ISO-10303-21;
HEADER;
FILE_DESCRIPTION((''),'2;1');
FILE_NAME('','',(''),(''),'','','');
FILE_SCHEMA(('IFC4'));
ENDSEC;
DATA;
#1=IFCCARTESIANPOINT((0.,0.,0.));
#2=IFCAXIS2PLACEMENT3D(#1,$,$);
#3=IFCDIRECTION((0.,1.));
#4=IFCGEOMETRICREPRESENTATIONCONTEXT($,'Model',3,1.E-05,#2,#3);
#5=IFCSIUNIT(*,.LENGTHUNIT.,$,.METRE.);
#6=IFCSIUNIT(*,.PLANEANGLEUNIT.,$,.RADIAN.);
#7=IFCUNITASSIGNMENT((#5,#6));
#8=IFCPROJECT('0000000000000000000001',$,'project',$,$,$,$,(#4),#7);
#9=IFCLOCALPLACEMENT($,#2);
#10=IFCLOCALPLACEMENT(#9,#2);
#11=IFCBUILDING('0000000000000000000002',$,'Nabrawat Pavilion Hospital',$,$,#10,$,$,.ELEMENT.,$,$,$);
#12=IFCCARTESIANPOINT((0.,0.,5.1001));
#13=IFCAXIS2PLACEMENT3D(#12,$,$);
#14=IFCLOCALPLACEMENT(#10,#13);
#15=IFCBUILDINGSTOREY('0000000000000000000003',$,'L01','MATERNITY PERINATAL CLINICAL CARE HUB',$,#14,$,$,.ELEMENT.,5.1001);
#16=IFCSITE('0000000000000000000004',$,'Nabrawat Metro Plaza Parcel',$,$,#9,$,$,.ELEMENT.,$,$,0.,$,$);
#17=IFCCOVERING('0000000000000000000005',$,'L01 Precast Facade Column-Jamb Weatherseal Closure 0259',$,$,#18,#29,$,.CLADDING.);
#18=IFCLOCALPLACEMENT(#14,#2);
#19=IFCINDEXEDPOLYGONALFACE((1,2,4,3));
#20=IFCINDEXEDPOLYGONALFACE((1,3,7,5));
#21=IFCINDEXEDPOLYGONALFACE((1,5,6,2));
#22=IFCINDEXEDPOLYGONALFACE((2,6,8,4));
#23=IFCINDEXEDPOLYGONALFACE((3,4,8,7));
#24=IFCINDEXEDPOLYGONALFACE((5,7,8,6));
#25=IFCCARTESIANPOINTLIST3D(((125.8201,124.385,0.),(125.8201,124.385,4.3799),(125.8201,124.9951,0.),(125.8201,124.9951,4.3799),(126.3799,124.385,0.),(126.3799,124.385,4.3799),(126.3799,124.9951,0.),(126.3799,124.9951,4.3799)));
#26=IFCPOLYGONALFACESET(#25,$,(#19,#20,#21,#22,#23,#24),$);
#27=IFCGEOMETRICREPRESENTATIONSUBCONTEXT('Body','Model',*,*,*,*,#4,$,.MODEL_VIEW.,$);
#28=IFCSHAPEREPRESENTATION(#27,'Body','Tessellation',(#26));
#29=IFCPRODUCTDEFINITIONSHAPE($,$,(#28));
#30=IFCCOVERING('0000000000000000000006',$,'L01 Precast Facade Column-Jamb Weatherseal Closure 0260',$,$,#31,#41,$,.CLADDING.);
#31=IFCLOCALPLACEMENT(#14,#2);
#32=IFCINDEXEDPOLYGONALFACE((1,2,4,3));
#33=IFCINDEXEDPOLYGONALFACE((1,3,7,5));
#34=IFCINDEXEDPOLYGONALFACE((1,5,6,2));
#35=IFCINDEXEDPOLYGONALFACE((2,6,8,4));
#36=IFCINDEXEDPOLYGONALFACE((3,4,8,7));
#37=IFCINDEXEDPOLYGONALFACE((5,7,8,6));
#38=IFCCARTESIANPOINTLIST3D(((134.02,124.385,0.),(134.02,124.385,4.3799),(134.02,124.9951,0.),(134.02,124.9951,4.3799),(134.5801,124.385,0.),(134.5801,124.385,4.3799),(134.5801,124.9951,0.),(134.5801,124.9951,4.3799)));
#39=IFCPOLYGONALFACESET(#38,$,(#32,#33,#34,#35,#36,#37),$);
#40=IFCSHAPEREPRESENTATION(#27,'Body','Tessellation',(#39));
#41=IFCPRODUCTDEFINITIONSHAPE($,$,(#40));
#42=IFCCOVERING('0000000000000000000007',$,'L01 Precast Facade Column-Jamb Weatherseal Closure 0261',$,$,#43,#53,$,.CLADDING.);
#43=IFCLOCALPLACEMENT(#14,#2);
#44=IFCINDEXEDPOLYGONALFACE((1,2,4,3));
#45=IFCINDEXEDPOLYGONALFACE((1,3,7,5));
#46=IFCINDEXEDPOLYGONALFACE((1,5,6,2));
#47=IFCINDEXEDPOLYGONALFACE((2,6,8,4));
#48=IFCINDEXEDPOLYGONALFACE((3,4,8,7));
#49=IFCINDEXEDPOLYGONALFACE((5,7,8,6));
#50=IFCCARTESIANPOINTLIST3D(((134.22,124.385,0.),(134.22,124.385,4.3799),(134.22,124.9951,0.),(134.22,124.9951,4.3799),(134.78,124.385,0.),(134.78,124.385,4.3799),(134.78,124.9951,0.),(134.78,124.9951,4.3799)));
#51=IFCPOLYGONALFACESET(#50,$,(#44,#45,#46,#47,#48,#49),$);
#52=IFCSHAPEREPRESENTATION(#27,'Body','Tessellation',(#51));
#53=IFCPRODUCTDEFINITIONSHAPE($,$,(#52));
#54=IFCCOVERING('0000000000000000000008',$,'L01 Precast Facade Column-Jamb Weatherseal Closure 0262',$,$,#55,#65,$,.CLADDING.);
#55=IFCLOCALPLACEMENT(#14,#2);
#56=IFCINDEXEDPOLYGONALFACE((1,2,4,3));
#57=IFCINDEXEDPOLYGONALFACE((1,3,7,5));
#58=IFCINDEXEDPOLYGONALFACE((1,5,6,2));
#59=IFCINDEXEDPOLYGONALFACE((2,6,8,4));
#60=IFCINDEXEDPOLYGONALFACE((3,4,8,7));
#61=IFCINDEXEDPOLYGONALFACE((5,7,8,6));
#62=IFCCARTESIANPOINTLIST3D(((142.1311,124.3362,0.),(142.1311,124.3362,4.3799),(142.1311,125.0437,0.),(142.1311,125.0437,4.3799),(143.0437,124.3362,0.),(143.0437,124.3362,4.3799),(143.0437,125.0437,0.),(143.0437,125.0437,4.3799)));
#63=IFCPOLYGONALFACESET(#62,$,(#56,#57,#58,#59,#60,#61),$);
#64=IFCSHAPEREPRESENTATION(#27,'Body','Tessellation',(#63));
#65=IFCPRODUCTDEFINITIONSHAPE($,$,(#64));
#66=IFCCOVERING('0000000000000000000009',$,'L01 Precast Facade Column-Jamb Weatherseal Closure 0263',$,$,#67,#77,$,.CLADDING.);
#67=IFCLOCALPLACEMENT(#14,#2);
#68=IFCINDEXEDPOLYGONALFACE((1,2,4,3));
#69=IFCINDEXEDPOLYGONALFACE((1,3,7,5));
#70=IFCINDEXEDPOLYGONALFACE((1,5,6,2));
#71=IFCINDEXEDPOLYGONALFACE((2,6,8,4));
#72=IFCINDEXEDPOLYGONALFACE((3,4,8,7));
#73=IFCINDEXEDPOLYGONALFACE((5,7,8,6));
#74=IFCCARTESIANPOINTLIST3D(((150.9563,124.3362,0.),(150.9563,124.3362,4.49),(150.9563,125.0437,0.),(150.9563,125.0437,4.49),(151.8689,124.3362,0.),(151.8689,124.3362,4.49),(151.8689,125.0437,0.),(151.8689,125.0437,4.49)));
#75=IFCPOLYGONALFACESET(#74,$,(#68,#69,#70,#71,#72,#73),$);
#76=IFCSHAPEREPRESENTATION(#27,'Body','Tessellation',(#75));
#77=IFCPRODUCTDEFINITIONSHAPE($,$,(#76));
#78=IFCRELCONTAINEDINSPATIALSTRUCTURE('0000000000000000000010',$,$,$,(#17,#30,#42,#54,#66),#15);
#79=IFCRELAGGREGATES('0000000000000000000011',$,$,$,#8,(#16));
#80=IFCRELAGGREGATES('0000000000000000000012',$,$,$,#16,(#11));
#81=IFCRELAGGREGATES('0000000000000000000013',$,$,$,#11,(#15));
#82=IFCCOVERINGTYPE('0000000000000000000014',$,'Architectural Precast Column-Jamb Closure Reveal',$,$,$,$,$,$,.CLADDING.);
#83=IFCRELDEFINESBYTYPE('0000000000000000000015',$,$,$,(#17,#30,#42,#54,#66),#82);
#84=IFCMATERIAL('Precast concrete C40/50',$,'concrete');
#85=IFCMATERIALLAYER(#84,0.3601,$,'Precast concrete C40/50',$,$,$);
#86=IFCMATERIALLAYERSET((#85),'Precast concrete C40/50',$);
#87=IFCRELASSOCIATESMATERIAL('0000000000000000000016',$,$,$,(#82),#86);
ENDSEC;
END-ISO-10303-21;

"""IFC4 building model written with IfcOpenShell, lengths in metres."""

from ifc_helpers import new_model, si_unit, direction, frame, origin, place, context, subcontext, project, spatial, polyline, outline, extrude, material, layer, layer_set, type_object, element, save


model = new_model("IFC4")

# Units and contexts
model_context = context("Model", 3, precision=1e-05, world=origin(), true_north=direction((0.0, 1.0)))
body_context = subcontext(model_context, "Body", "Model", "MODEL_VIEW")
ifc_project = project(units=[si_unit("LENGTHUNIT", "METRE"), si_unit("PLANEANGLEUNIT", "RADIAN")], contexts=[model_context])

# Site, building, storey
site_placement = place(None, origin())
site = spatial("IfcSite", under=ifc_project, at=site_placement, Name="Nabrawat Metro Plaza Parcel", CompositionType="ELEMENT", RefElevation=0.0)
building_placement = place(site_placement, origin())
building = spatial("IfcBuilding", under=site, at=building_placement, Name="Nabrawat Pavilion Hospital", CompositionType="ELEMENT")
storey_placement = place(building_placement, frame((0.0, 0.0, 5.1001)))
storey = spatial("IfcBuildingStorey", under=building, at=storey_placement, Name="L01", Description="MATERNITY PERINATAL CLINICAL CARE HUB", CompositionType="ELEMENT", Elevation=5.1001)

# Coverings
ifc_material = material(Name="Precast concrete C40/50", Category="concrete")
ifc_layer = layer(ifc_material, 0.3601, Name="Precast concrete C40/50")
ifc_layer_set = layer_set([ifc_layer], Name="Precast concrete C40/50")
covering_type = type_object("IfcCoveringType", Name="Architectural Precast Column-Jamb Closure Reveal", PredefinedType="CLADDING", material=ifc_layer_set)
covering_1_placement = place(storey_placement, origin())
element("IfcCovering", 1, at=covering_1_placement, inside=storey, type_object=covering_type, Name="L01 Precast Facade Column-Jamb Weatherseal Closure 0259", PredefinedType="CLADDING", context=body_context, shape_type="SweptSolid", body=[
    extrude(outline(polyline([(126.3799, 124.385), (126.3799, 124.9951), (125.8201, 124.9951), (125.8201, 124.385), (126.3799, 124.385)])), origin(), (0.0, 0.0, 1.0), 4.3799),
])
covering_2_placement = place(storey_placement, origin())
element("IfcCovering", 2, at=covering_2_placement, inside=storey, type_object=covering_type, Name="L01 Precast Facade Column-Jamb Weatherseal Closure 0260", PredefinedType="CLADDING", context=body_context, shape_type="SweptSolid", body=[
    extrude(outline(polyline([(134.5801, 124.385), (134.5801, 124.9951), (134.02, 124.9951), (134.02, 124.385), (134.5801, 124.385)])), origin(), (0.0, 0.0, 1.0), 4.3799),
])
covering_3_placement = place(storey_placement, origin())
element("IfcCovering", 3, at=covering_3_placement, inside=storey, type_object=covering_type, Name="L01 Precast Facade Column-Jamb Weatherseal Closure 0261", PredefinedType="CLADDING", context=body_context, shape_type="SweptSolid", body=[
    extrude(outline(polyline([(134.78, 124.385), (134.78, 124.9951), (134.22, 124.9951), (134.22, 124.385), (134.78, 124.385)])), origin(), (0.0, 0.0, 1.0), 4.3799),
])
covering_4_placement = place(storey_placement, origin())
element("IfcCovering", 4, at=covering_4_placement, inside=storey, type_object=covering_type, Name="L01 Precast Facade Column-Jamb Weatherseal Closure 0262", PredefinedType="CLADDING", context=body_context, shape_type="SweptSolid", body=[
    extrude(outline(polyline([(143.0437, 124.3362), (143.0437, 125.0437), (142.1311, 125.0437), (142.1311, 124.3362), (143.0437, 124.3362)])), origin(), (0.0, 0.0, 1.0), 4.3799),
])
covering_5_placement = place(storey_placement, origin())
element("IfcCovering", 5, at=covering_5_placement, inside=storey, type_object=covering_type, Name="L01 Precast Facade Column-Jamb Weatherseal Closure 0263", PredefinedType="CLADDING", context=body_context, shape_type="SweptSolid", body=[
    extrude(outline(polyline([(151.8689, 124.3362), (151.8689, 125.0437), (150.9563, 125.0437), (150.9563, 124.3362), (151.8689, 124.3362)])), origin(), (0.0, 0.0, 1.0), 4.49),
])

save(model, "model.ifc")
